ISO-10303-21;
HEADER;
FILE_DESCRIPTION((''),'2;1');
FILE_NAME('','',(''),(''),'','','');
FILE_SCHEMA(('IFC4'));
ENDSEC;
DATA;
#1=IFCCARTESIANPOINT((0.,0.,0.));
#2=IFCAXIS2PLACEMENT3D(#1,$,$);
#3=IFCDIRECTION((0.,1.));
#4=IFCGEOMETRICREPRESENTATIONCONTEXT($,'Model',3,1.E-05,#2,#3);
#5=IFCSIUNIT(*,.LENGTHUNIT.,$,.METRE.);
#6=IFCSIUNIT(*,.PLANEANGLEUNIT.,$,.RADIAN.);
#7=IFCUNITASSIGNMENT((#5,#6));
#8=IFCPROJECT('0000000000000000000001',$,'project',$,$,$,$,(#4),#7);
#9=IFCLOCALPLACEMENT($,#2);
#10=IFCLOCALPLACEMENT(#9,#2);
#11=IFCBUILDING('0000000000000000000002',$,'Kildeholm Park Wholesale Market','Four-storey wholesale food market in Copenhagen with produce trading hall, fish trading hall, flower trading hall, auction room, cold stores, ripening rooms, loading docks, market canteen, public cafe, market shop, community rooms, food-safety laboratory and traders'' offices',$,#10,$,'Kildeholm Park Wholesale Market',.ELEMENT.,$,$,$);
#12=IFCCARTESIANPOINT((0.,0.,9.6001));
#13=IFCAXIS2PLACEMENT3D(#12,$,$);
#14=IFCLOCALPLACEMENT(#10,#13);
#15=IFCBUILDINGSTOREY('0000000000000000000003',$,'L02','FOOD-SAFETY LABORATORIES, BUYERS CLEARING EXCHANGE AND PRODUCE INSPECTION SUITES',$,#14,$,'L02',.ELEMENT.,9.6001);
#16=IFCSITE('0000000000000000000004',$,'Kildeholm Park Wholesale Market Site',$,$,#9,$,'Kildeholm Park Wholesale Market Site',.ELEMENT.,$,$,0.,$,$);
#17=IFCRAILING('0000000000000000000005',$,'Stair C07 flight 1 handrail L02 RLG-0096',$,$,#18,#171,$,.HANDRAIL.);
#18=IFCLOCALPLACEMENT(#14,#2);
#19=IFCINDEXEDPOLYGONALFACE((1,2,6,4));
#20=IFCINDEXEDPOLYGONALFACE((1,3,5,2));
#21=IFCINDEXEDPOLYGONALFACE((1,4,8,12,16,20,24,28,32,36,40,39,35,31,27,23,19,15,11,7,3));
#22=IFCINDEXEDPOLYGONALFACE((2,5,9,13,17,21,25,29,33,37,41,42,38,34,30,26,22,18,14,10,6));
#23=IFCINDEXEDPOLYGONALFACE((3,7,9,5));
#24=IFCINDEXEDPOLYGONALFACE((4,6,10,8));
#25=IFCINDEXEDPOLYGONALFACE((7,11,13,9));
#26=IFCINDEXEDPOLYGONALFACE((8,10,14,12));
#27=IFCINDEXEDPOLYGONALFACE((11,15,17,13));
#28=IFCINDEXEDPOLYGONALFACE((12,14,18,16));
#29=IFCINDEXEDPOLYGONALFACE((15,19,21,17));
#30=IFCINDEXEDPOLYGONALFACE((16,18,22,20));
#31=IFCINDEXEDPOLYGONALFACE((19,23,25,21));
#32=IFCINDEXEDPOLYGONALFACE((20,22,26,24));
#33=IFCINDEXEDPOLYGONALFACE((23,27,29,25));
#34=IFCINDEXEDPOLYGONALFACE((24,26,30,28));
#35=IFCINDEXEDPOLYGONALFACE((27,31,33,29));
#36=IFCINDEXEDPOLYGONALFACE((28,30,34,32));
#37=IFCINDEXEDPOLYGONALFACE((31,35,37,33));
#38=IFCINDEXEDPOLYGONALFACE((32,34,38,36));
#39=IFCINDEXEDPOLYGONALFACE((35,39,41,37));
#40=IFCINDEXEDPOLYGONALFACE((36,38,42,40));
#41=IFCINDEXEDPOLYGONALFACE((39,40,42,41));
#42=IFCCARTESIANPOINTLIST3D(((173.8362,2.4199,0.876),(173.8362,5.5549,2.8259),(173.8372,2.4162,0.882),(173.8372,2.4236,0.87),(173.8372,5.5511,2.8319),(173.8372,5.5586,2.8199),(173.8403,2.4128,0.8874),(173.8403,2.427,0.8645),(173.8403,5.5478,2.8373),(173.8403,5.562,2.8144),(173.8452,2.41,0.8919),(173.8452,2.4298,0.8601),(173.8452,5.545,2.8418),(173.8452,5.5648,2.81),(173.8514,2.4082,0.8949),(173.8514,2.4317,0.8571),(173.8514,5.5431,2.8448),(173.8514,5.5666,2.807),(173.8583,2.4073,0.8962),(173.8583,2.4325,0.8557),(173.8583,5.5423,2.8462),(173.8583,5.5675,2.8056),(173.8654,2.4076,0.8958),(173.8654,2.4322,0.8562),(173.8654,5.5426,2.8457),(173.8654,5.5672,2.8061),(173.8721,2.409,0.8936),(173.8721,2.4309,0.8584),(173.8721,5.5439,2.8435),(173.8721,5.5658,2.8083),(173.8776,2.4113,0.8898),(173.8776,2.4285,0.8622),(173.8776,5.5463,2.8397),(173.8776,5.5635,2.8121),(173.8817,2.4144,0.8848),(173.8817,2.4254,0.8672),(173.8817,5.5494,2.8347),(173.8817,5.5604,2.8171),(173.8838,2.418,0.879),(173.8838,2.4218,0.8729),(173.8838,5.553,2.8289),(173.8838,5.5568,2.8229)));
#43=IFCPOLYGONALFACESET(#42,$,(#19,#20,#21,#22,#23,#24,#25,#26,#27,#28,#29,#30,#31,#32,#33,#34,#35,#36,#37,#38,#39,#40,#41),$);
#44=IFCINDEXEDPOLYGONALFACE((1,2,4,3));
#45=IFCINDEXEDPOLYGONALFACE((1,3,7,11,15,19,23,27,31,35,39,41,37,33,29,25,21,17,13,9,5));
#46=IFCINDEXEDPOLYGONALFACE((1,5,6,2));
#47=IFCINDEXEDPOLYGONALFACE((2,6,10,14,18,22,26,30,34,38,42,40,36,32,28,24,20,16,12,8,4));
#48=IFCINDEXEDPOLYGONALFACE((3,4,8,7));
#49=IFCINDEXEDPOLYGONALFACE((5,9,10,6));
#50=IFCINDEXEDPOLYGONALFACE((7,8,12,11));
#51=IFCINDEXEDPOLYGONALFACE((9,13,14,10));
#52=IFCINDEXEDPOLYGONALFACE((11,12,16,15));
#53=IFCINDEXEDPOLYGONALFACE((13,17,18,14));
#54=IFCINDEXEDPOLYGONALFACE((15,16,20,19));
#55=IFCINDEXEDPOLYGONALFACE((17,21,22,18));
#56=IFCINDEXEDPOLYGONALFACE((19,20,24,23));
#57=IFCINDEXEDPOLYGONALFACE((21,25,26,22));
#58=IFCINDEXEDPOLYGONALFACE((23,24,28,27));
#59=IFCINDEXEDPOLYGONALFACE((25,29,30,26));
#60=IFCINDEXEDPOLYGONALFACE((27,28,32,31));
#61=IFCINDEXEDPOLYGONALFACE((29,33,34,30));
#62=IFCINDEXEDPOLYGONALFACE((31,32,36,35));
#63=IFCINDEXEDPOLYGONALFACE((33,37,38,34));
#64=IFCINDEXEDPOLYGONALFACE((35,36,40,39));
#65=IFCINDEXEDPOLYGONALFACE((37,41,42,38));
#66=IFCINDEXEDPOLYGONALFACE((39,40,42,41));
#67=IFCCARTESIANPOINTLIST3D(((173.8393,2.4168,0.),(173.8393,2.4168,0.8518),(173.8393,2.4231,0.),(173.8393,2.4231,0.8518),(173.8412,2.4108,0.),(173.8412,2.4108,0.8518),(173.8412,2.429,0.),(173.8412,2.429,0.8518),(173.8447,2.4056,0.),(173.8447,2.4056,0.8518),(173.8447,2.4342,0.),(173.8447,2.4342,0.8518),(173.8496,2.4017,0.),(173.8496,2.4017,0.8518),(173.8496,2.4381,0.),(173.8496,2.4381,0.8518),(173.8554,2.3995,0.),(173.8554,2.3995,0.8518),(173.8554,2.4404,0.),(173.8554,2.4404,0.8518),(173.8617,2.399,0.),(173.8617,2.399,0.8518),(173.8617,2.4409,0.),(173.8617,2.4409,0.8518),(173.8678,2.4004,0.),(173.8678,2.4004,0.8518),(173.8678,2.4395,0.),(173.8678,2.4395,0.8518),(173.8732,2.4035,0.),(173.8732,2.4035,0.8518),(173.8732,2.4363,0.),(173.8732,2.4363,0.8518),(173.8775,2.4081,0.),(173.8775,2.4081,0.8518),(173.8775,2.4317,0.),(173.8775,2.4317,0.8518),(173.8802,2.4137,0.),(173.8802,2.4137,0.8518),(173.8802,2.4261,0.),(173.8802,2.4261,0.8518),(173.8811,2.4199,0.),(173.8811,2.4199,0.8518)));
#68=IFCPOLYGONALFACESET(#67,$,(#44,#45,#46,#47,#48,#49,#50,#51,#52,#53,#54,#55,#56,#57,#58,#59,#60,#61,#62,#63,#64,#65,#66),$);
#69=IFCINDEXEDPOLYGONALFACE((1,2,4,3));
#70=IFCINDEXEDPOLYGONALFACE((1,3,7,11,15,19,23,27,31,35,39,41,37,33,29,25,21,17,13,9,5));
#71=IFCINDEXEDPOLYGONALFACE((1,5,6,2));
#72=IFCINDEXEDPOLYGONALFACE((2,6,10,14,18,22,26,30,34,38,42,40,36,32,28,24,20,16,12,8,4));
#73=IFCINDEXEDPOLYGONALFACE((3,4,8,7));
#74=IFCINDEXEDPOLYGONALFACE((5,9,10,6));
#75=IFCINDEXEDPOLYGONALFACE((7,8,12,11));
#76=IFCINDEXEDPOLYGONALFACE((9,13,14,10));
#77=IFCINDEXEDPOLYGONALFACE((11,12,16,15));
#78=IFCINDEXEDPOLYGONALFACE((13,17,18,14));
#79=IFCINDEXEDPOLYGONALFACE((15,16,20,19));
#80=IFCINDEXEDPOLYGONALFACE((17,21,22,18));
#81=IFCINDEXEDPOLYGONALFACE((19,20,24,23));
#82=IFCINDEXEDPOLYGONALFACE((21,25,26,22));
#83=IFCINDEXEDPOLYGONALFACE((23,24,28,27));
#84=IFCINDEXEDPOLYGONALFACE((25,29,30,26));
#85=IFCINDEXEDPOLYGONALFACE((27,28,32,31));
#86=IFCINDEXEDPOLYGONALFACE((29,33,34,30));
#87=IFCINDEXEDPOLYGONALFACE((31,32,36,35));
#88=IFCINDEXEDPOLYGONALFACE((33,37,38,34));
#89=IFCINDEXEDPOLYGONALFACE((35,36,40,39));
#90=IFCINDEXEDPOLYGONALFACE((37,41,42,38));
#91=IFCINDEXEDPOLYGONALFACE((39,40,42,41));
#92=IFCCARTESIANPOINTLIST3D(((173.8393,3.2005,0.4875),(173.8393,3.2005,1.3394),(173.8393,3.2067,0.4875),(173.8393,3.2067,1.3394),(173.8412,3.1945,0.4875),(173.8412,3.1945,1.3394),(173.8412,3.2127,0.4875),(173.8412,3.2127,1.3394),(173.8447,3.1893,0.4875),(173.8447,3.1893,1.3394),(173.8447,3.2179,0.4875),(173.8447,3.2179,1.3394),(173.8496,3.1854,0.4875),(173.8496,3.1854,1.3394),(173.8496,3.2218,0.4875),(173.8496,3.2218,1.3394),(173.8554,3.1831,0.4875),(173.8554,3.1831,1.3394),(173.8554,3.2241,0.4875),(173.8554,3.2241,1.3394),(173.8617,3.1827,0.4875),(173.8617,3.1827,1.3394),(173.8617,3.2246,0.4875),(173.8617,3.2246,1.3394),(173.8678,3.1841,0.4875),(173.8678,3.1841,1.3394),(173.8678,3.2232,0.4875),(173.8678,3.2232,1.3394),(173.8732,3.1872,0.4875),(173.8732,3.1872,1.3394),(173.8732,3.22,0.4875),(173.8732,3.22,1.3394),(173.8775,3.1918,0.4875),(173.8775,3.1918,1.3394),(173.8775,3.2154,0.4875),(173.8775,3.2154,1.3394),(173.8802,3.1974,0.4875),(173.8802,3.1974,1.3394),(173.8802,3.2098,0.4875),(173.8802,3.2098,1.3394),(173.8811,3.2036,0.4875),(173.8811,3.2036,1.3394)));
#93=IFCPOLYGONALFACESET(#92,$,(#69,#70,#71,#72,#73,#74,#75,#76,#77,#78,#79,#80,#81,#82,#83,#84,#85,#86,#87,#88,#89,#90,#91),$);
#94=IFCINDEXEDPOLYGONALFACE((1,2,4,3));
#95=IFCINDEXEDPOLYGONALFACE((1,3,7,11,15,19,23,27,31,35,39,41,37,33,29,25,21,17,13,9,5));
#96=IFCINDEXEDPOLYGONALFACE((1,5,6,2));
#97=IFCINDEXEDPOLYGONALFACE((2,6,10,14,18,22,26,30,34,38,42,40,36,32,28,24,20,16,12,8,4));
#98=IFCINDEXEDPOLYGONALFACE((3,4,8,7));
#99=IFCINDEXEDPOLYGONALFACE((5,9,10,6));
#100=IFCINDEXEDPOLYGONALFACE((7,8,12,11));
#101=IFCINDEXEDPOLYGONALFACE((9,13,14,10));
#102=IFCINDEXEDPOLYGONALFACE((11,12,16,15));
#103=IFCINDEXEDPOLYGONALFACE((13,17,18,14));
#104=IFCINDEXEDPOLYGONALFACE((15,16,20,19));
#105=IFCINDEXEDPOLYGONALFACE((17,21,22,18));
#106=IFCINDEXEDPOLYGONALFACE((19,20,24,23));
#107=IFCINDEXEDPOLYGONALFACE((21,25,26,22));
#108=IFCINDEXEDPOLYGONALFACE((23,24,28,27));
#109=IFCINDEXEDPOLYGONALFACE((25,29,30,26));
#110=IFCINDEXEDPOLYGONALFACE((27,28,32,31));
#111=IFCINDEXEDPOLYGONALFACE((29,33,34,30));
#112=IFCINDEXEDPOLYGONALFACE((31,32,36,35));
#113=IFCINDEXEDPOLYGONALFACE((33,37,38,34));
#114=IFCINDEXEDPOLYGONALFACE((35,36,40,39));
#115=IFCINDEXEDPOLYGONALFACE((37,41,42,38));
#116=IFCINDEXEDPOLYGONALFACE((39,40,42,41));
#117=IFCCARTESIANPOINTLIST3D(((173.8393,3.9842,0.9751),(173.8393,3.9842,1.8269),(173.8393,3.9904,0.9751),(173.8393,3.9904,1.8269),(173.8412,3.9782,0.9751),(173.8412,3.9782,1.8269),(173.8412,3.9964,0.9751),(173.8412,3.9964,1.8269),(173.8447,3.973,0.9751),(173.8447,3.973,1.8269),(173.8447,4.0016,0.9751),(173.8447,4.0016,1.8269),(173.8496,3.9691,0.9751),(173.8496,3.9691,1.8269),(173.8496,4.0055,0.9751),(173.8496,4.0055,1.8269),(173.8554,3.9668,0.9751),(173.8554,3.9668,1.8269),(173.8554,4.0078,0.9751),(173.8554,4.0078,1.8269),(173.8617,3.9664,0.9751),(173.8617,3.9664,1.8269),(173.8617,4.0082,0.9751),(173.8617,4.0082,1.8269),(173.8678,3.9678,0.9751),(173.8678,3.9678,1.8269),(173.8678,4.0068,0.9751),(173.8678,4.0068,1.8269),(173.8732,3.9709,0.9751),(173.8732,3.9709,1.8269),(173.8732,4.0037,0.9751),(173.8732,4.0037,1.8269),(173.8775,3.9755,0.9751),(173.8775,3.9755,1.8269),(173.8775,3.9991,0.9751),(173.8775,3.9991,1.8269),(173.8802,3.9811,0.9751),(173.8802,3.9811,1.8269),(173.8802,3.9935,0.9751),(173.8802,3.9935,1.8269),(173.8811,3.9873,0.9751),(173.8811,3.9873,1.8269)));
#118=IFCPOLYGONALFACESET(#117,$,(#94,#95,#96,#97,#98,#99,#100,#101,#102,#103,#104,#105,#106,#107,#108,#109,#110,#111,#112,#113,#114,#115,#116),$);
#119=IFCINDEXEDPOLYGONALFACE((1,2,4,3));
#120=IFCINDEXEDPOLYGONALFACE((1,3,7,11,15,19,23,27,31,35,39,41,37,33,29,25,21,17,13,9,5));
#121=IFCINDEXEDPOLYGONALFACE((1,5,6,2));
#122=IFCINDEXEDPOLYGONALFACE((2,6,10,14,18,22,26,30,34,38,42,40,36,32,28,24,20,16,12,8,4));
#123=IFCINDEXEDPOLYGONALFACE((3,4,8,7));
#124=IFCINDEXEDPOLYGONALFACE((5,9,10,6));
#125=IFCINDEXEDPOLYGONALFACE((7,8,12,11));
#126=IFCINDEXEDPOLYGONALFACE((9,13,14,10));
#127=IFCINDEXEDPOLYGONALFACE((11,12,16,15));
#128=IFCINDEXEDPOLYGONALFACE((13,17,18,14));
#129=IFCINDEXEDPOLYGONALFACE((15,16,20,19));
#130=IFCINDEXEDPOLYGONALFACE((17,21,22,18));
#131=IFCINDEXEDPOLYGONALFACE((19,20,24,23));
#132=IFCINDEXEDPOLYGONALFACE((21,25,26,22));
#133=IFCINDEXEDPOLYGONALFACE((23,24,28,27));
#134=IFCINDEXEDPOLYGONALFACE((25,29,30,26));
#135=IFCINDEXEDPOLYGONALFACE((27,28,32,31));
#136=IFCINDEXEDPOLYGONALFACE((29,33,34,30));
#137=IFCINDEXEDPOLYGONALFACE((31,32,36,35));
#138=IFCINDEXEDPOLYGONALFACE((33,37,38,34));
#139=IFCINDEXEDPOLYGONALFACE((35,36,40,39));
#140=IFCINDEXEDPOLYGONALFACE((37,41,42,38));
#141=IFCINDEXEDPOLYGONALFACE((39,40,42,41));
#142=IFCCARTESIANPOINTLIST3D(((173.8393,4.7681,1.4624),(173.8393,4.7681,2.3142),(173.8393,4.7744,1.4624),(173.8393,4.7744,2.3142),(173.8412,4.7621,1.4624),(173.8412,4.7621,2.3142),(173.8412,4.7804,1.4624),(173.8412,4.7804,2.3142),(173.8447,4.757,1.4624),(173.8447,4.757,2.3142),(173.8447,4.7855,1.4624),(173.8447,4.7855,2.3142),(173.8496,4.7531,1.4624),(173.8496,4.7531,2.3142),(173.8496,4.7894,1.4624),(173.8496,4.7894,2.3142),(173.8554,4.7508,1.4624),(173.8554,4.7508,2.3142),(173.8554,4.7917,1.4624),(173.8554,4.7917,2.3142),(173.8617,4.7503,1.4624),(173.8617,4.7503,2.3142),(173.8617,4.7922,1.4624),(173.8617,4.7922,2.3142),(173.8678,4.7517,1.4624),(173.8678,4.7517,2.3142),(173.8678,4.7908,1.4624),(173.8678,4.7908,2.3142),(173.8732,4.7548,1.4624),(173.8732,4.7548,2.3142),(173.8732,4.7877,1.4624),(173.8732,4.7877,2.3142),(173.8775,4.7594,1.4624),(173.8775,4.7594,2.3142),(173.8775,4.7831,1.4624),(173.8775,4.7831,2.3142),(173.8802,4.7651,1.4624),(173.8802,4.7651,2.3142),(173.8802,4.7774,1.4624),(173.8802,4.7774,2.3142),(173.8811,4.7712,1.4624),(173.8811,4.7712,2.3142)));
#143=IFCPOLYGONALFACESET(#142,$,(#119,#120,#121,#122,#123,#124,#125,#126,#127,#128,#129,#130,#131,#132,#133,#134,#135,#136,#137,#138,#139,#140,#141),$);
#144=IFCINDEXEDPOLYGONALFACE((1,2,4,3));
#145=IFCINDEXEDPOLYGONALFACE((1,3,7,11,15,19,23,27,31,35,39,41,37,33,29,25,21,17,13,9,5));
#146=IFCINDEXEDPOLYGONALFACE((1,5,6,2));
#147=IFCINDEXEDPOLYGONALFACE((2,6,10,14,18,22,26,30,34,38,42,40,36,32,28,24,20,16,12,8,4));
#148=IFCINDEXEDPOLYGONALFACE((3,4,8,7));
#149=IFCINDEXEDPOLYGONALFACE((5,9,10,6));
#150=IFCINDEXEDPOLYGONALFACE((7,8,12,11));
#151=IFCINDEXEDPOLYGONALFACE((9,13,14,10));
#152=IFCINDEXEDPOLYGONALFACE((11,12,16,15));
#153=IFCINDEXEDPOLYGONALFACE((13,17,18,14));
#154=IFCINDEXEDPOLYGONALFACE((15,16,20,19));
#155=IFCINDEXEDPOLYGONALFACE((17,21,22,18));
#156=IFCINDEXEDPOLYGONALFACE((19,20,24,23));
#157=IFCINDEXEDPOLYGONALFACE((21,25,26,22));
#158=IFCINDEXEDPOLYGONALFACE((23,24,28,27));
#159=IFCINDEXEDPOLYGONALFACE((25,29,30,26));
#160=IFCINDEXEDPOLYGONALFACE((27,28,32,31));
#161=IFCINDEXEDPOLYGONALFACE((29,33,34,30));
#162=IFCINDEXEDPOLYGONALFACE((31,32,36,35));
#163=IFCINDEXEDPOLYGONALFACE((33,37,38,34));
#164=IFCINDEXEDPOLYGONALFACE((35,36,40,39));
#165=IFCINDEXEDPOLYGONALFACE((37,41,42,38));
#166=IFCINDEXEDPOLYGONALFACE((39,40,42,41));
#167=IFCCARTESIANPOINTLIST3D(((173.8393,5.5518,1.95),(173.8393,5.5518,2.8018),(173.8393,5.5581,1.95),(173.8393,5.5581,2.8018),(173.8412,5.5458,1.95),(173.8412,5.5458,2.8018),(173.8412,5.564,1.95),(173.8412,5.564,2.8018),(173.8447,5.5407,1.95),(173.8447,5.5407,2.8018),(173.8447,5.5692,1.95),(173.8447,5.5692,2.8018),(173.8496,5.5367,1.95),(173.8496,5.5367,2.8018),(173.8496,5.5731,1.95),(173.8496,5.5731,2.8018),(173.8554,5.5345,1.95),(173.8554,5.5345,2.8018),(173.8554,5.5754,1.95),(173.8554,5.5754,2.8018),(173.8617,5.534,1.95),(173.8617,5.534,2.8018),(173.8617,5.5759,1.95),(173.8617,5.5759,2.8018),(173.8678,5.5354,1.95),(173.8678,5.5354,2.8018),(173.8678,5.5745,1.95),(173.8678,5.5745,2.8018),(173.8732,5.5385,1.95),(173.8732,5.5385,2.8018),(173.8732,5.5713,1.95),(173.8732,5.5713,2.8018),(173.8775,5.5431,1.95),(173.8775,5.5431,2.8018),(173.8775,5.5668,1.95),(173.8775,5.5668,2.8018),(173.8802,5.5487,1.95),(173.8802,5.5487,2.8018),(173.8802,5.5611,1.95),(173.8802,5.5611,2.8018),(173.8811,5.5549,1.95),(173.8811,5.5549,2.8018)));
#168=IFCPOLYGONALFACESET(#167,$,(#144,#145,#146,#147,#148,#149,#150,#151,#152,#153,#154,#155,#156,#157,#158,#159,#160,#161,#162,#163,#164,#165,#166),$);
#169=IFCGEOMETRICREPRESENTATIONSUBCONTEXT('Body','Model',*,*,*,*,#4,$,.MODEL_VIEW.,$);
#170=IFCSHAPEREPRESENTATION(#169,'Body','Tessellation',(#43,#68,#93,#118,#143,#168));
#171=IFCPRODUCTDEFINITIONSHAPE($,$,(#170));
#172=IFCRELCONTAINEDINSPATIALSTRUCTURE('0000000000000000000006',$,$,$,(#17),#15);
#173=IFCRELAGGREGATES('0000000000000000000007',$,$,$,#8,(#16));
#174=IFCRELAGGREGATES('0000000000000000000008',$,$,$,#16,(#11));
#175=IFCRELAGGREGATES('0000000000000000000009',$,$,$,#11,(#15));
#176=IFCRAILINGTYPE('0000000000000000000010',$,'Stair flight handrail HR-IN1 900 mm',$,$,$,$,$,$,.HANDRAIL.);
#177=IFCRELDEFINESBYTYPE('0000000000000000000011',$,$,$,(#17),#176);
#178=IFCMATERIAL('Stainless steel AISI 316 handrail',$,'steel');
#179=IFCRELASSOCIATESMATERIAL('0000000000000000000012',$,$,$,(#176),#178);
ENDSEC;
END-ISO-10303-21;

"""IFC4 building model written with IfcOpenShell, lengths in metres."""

from ifc_helpers import new_model, si_unit, direction, frame, origin, origin_2d, place, context, subcontext, project, spatial, circle, extrude, material, type_object, element, save


model = new_model("IFC4")

# Units and contexts
model_context = context("Model", 3, precision=1e-05, world=origin(), true_north=direction((0.0, 1.0)))
body_context = subcontext(model_context, "Body", "Model", "MODEL_VIEW")
ifc_project = project(units=[si_unit("LENGTHUNIT", "METRE"), si_unit("PLANEANGLEUNIT", "RADIAN")], contexts=[model_context])

# Site, building, storey
site_placement = place(None, origin())
site = spatial("IfcSite", under=ifc_project, at=site_placement, Name="Kildeholm Park Wholesale Market Site", LongName="Kildeholm Park Wholesale Market Site", CompositionType="ELEMENT", RefElevation=0.0)
building_placement = place(site_placement, origin())
building = spatial("IfcBuilding", under=site, at=building_placement, Name="Kildeholm Park Wholesale Market", Description="Four-storey wholesale food market in Copenhagen with produce trading hall, fish trading hall, flower trading hall, auction room, cold stores, ripening rooms, loading docks, market canteen, public cafe, market shop, community rooms, food-safety laboratory and traders' offices", LongName="Kildeholm Park Wholesale Market", CompositionType="ELEMENT")
storey_placement = place(building_placement, frame((0.0, 0.0, 9.6001)))
storey = spatial("IfcBuildingStorey", under=building, at=storey_placement, Name="L02", Description="FOOD-SAFETY LABORATORIES, BUYERS CLEARING EXCHANGE AND PRODUCE INSPECTION SUITES", LongName="L02", CompositionType="ELEMENT", Elevation=9.6001)

# Railing
ifc_material_1 = material(Name="Stainless steel AISI 316 handrail", Category="steel")
railing_type_1 = type_object("IfcRailingType", Name="Stair flight handrail HR-IN1 900 mm", PredefinedType="HANDRAIL", material=ifc_material_1)
railing_1_placement = place(storey_placement, frame((173.8601, 2.4199, 0.0)))
element("IfcRailing", 1, at=railing_1_placement, inside=storey, type_object=railing_type_1, Name="Stair C07 flight 1 handrail L02 RLG-0096", PredefinedType="HANDRAIL", context=body_context, shape_type="SweptSolid", body=[
    extrude(circle(Radius=0.0239, at=origin_2d()), frame((0.0, 0.0, 0.876), z_axis=(0.0, 0.849144, 0.528161), x_axis=(-1.0, 0.0, 0.0)), (0.0, 0.0, 1.0), 3.6919),
    extrude(circle(Radius=0.021, at=origin_2d()), origin(), (0.0, 0.0, 1.0), 0.8518),
    extrude(circle(Radius=0.021, at=origin_2d()), frame((0.0, 0.7837, 0.4875)), (0.0, 0.0, 1.0), 0.8518),
    extrude(circle(Radius=0.021, at=origin_2d()), frame((0.0, 1.5674, 0.9751)), (0.0, 0.0, 1.0), 0.8518),
    extrude(circle(Radius=0.021, at=origin_2d()), frame((0.0, 2.3513, 1.4624)), (0.0, 0.0, 1.0), 0.8518),
    extrude(circle(Radius=0.021, at=origin_2d()), frame((0.0, 3.135, 1.95)), (0.0, 0.0, 1.0), 0.8518),
])

save(model, "model.ifc")
